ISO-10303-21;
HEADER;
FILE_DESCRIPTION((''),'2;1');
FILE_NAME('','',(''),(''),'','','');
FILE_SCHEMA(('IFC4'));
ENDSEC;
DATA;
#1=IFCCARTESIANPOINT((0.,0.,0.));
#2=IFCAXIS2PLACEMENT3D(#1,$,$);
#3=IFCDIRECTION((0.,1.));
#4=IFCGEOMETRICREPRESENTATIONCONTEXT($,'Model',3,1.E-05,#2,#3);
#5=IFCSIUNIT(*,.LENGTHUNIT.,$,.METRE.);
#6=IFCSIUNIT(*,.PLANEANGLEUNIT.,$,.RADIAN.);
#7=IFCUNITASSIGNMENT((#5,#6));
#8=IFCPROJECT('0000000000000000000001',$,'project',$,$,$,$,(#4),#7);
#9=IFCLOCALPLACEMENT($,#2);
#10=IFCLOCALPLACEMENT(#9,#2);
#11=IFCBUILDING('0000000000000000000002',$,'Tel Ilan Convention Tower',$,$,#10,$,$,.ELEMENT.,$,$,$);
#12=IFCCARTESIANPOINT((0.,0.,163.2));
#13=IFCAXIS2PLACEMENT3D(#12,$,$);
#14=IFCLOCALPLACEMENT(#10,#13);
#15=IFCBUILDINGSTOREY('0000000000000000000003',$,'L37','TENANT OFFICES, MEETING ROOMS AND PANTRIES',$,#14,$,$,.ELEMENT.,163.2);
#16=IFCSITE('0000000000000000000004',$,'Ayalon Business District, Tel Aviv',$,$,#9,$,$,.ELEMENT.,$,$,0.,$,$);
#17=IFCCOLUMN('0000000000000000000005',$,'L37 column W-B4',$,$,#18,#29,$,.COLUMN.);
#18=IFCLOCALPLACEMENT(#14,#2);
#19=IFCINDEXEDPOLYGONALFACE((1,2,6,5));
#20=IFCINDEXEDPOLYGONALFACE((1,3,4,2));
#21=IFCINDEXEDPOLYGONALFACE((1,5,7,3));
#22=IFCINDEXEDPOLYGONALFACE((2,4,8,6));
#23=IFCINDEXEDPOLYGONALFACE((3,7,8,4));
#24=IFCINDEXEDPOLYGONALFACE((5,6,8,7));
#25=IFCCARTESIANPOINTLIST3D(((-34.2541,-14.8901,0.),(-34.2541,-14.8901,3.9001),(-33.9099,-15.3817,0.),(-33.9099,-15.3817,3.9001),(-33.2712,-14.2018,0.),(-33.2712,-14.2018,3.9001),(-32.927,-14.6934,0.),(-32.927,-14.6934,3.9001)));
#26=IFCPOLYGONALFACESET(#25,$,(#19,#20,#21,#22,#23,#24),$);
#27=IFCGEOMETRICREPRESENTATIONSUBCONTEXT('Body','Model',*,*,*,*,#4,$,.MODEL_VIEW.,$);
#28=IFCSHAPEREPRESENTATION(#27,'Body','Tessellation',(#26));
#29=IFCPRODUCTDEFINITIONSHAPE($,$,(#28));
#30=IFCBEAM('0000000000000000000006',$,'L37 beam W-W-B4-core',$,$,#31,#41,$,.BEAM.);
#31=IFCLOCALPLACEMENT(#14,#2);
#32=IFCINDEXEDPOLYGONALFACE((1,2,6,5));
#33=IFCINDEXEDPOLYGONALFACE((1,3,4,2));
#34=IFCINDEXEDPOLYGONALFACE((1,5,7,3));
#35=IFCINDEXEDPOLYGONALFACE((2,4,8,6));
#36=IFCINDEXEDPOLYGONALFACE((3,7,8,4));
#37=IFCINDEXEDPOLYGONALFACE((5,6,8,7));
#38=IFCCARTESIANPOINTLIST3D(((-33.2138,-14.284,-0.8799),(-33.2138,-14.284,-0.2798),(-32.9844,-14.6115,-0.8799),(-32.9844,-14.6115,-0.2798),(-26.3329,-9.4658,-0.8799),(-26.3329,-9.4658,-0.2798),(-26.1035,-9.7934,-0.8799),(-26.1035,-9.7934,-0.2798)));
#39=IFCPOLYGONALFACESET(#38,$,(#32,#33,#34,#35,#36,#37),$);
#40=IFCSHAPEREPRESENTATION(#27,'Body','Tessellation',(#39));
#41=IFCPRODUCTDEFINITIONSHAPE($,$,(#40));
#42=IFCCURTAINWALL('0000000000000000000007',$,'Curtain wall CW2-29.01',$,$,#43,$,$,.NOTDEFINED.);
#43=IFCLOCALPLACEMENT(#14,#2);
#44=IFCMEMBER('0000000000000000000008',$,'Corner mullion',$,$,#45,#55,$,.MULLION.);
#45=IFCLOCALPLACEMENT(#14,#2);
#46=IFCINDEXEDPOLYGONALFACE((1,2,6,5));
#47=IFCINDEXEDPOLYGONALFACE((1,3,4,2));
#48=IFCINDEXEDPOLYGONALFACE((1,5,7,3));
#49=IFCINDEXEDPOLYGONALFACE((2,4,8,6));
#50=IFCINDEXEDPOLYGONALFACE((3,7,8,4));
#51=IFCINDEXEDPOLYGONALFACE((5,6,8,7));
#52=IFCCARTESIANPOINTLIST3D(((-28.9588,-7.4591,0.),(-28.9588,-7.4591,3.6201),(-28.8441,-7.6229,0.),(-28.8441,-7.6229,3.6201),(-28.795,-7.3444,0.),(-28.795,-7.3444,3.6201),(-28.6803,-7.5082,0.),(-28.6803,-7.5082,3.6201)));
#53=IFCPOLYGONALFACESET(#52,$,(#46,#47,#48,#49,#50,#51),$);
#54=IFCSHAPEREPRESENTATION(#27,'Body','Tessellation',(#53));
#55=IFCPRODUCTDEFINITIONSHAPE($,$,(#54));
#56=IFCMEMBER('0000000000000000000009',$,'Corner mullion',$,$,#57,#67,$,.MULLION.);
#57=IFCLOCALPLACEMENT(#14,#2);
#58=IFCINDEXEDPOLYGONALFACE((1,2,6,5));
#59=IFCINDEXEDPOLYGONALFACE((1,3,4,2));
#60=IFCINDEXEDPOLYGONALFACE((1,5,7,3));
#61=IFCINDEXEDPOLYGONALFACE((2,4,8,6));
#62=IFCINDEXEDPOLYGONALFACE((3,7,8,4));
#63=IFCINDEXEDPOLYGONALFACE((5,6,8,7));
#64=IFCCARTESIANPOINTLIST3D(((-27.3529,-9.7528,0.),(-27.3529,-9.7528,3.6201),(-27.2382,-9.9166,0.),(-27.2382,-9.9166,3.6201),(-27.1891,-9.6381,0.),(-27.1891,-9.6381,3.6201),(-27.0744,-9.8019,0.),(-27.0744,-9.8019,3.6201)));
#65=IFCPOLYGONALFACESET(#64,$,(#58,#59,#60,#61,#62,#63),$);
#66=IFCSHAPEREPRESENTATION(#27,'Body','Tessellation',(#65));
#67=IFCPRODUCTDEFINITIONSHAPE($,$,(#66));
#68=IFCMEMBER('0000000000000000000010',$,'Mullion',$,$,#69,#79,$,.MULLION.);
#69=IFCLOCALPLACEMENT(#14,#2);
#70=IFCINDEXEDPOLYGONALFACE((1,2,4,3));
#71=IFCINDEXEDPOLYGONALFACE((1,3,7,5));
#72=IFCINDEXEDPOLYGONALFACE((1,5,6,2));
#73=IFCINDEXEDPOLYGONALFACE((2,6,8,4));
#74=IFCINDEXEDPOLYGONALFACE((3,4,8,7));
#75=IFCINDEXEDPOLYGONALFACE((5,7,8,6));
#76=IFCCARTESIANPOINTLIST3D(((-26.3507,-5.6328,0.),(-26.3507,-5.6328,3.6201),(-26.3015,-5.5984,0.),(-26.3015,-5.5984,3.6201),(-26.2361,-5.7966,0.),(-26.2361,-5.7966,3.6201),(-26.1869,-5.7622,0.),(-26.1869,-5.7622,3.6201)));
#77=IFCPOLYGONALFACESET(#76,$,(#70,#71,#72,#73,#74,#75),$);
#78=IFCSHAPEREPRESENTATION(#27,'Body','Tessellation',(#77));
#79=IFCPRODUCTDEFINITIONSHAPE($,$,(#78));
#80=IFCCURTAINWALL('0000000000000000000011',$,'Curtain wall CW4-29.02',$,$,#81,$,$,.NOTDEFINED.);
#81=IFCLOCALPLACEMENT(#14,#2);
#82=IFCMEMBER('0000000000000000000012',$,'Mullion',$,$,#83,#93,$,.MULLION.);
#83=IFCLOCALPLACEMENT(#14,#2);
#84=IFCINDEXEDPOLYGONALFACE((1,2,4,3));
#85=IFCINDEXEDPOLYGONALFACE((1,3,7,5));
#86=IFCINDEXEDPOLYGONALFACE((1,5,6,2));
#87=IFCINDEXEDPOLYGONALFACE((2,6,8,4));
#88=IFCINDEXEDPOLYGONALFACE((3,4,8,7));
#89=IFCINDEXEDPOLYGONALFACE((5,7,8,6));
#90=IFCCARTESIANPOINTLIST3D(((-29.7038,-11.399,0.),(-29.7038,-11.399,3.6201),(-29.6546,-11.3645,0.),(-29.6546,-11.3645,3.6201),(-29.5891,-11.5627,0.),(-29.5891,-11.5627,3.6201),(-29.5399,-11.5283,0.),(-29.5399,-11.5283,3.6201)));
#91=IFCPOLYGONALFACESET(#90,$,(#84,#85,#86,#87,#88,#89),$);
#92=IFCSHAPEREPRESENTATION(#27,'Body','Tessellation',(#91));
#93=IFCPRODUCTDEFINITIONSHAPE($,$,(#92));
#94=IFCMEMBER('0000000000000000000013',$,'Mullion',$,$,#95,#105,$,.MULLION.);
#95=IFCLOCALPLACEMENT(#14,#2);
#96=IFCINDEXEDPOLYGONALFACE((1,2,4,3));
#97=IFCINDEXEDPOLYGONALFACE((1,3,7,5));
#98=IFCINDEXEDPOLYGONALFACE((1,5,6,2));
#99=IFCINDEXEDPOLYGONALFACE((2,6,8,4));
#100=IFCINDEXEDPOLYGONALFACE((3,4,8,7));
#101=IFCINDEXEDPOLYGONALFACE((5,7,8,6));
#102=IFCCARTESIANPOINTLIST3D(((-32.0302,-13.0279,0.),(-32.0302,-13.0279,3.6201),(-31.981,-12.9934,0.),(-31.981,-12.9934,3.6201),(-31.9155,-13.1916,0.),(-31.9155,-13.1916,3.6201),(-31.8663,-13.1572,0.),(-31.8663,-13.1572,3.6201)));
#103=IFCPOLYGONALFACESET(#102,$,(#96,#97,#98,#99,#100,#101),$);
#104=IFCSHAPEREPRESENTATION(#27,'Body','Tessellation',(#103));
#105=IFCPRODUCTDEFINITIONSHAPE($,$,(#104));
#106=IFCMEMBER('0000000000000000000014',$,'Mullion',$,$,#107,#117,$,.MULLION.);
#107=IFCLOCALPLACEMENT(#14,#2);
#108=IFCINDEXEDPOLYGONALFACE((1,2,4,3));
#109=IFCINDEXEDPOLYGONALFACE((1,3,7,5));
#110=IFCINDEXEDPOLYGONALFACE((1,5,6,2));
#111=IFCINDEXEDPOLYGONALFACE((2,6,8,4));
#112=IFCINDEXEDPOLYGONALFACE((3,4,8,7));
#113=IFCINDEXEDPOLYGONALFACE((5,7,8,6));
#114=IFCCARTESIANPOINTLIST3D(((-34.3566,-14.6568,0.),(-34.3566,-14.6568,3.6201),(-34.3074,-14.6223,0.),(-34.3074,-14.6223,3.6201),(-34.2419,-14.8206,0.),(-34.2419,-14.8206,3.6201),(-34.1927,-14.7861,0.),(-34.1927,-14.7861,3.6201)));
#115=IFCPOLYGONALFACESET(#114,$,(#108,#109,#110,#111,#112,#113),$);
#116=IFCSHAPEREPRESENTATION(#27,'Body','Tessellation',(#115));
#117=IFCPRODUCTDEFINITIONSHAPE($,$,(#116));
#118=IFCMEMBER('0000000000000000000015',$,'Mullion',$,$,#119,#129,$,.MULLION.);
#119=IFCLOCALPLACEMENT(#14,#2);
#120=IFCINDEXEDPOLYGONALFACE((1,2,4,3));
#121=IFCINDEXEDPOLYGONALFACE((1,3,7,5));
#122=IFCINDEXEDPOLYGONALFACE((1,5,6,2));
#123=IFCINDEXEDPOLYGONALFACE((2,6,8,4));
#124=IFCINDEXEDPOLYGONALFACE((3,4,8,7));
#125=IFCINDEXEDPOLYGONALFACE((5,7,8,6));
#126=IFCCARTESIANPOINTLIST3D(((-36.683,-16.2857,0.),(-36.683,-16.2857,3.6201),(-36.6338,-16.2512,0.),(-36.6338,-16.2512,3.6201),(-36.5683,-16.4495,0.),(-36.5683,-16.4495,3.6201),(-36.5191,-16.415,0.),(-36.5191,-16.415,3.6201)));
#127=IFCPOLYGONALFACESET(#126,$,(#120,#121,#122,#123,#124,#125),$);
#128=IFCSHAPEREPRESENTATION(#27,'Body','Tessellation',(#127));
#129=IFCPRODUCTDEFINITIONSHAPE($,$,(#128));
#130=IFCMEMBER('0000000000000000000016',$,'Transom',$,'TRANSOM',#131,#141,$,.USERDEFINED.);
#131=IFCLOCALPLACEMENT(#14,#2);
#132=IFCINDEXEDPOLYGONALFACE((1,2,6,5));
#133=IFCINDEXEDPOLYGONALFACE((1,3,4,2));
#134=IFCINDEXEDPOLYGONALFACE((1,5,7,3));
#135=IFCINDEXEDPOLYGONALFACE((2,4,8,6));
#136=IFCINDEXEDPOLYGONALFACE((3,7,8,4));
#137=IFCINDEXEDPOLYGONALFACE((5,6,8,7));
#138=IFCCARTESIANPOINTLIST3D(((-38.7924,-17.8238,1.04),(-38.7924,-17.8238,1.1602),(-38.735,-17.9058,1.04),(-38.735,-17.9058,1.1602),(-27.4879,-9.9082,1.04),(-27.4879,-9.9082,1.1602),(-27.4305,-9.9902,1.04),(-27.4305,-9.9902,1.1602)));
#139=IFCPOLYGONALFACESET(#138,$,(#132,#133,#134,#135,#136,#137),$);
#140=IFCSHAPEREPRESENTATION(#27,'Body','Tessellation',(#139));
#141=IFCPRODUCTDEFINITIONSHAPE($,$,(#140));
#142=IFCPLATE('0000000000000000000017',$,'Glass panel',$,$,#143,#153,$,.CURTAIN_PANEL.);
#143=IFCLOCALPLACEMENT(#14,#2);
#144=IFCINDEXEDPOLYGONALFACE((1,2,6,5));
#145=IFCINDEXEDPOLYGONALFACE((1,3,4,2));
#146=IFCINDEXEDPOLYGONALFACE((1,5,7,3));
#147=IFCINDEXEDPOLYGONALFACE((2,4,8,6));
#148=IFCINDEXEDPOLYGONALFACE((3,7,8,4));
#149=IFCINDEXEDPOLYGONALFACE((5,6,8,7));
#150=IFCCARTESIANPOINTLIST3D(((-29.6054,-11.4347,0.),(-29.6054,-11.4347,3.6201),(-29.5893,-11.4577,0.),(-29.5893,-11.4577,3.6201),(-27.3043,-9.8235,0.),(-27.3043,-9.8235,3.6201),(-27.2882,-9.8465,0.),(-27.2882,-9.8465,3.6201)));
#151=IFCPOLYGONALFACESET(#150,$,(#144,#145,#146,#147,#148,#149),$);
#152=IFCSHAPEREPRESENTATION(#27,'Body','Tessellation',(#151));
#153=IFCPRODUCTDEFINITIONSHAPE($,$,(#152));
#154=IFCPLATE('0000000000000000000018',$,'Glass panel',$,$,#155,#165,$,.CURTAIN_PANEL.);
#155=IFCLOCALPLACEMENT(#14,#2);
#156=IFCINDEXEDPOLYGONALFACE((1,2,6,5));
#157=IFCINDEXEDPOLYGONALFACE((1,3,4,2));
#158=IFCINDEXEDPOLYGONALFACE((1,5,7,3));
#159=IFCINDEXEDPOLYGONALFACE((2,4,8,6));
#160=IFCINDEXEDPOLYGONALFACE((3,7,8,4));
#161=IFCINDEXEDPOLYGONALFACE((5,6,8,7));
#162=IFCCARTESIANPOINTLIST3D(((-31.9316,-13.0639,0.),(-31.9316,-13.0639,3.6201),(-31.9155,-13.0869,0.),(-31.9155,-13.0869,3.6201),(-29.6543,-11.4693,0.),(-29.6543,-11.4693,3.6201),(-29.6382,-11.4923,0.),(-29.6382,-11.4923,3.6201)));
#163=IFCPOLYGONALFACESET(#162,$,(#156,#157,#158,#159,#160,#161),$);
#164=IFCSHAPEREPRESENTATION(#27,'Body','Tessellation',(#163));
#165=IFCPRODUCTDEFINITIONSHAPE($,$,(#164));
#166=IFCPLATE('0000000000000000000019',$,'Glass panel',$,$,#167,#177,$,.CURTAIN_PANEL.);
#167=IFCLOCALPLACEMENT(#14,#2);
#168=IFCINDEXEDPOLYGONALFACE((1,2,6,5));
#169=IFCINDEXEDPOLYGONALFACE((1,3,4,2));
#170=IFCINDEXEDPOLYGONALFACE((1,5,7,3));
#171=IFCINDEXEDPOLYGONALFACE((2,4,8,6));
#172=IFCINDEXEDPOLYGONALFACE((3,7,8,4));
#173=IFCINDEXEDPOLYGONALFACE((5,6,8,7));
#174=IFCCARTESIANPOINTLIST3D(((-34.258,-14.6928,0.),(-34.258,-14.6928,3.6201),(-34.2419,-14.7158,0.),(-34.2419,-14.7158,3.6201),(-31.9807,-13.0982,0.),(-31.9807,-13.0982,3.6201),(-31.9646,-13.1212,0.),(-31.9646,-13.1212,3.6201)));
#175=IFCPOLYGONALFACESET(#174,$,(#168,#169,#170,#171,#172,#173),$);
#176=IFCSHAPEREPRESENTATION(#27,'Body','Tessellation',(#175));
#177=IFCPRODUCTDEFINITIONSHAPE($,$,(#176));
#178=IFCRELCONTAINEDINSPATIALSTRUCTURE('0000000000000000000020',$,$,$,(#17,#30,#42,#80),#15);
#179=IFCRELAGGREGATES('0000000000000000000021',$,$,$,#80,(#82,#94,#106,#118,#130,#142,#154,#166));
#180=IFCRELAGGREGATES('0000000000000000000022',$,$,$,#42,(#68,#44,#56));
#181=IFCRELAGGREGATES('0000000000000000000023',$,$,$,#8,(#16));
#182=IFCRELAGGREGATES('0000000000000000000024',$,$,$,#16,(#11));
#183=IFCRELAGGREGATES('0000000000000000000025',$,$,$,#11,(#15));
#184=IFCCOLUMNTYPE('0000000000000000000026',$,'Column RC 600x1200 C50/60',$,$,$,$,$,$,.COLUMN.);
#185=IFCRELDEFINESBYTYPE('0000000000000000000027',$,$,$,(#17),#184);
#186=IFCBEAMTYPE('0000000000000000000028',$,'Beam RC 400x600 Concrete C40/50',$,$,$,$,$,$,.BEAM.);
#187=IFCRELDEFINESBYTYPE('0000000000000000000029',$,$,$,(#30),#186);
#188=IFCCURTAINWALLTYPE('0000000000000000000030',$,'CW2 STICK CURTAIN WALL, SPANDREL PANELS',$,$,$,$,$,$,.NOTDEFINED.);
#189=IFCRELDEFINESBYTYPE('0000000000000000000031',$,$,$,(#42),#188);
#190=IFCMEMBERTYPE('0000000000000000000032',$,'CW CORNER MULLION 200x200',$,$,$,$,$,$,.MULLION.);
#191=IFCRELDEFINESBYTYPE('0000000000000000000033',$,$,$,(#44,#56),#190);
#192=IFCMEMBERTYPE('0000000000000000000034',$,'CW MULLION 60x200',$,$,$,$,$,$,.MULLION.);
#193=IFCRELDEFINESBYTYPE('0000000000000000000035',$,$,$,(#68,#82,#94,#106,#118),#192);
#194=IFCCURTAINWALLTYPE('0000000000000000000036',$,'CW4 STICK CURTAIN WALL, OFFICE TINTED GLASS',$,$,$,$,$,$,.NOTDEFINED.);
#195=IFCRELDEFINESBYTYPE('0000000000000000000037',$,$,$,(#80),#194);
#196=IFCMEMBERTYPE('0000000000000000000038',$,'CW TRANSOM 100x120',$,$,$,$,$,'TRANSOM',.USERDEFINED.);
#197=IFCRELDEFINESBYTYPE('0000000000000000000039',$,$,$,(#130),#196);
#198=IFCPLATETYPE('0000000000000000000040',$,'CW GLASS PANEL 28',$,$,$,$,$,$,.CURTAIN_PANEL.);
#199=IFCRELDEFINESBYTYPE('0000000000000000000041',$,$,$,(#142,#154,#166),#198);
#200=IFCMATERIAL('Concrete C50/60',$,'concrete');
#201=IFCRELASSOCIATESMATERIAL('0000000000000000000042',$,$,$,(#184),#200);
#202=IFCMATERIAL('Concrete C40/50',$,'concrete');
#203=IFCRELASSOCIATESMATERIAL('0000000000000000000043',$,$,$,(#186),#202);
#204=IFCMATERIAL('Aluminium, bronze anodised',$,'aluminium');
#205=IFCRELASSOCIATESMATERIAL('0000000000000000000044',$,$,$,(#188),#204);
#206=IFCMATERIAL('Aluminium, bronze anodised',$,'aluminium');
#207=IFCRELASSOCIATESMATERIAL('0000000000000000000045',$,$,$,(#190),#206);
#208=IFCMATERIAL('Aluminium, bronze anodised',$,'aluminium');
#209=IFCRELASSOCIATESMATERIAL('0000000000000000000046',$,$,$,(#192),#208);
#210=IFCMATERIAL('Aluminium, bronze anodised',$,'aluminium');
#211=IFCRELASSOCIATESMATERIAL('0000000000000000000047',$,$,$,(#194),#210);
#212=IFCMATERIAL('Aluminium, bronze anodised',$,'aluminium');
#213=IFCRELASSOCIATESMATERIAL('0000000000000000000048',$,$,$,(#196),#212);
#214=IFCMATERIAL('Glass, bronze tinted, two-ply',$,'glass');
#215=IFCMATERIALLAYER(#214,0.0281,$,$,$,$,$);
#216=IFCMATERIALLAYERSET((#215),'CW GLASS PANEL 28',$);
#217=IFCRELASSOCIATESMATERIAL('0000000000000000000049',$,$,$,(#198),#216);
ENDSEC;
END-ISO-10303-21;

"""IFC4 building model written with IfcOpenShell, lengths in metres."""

from ifc_helpers import new_model, si_unit, direction, frame, origin, origin_2d, place, context, subcontext, project, spatial, rectangle, extrude, material, layer, layer_set, material_profile, profile_set, type_object, element, aggregate, save


model = new_model("IFC4")

# Units and contexts
model_context = context("Model", 3, precision=1e-05, world=origin(), true_north=direction((0.0, 1.0)))
body_context = subcontext(model_context, "Body", "Model", "MODEL_VIEW")
ifc_project = project(units=[si_unit("LENGTHUNIT", "METRE"), si_unit("PLANEANGLEUNIT", "RADIAN")], contexts=[model_context])

# Site, building, storey
site_placement = place(None, origin())
site = spatial("IfcSite", under=ifc_project, at=site_placement, Name="Ayalon Business District, Tel Aviv", CompositionType="ELEMENT", RefElevation=0.0)
building_placement = place(site_placement, origin())
building = spatial("IfcBuilding", under=site, at=building_placement, Name="Tel Ilan Convention Tower", CompositionType="ELEMENT")
storey_placement = place(building_placement, frame((0.0, 0.0, 163.2)))
storey = spatial("IfcBuildingStorey", under=building, at=storey_placement, Name="L37", Description="TENANT OFFICES, MEETING ROOMS AND PANTRIES", CompositionType="ELEMENT", Elevation=163.2)

# Column
ifc_material_1 = material(Name="Concrete C50/60", Category="concrete")
ifc_material_profile_1 = material_profile(ifc_material_1, rectangle(XDim=1.2, YDim=0.6001, at=origin_2d()), Name="RC 600x1200")
ifc_profile_set_1 = profile_set([ifc_material_profile_1], Name="Concrete C50/60")
column_type = type_object("IfcColumnType", Name="Column RC 600x1200 C50/60", PredefinedType="COLUMN", material=ifc_profile_set_1)
column_placement = place(storey_placement, frame((-33.5906, -14.7917, 0.0), z_axis=(0.0, 0.0, 1.0), x_axis=(-0.819152, -0.573576, 0.0)))
element("IfcColumn", 1, at=column_placement, inside=storey, type_object=column_type, Name="L37 column W-B4", PredefinedType="COLUMN", context=body_context, shape_type="SweptSolid", body=[
    extrude(rectangle(XDim=1.2, YDim=0.6001, at=origin_2d()), origin(), (0.0, 0.0, 1.0), 3.9001),
])

# Beam
ifc_material_2 = material(Name="Concrete C40/50", Category="concrete")
ifc_material_profile_2 = material_profile(ifc_material_2, rectangle(XDim=0.3999, YDim=0.6001, at=origin_2d()), Name="RC 400x600")
ifc_profile_set_2 = profile_set([ifc_material_profile_2], Name="Concrete C40/50")
beam_type = type_object("IfcBeamType", Name="Beam RC 400x600 Concrete C40/50", PredefinedType="BEAM", material=ifc_profile_set_2)
beam_placement = place(storey_placement, frame((-33.0991, -14.4478, -0.5798), z_axis=(0.819147, 0.573583, 0.0), x_axis=(-0.573583, 0.819147, 0.0)))
element("IfcBeam", 2, at=beam_placement, inside=storey, type_object=beam_type, Name="L37 beam W-W-B4-core", PredefinedType="BEAM", context=body_context, shape_type="SweptSolid", body=[
    extrude(rectangle(XDim=0.3999, YDim=0.6001, at=origin_2d()), origin(), (0.0, 0.0, 1.0), 8.4001),
])

# Curtain wall, members
ifc_material_3 = material(Name="Aluminium, bronze anodised", Category="aluminium")
curtain_wall_type_1 = type_object("IfcCurtainWallType", Name="CW2 STICK CURTAIN WALL, SPANDREL PANELS", PredefinedType="NOTDEFINED", material=ifc_material_3)
curtain_wall_1_placement = place(storey_placement, origin())
curtain_wall_1 = element("IfcCurtainWall", 3, at=curtain_wall_1_placement, inside=storey, type_object=curtain_wall_type_1, Name="Curtain wall CW2-29.01", PredefinedType="NOTDEFINED")
ifc_material_4 = material(Name="Aluminium, bronze anodised", Category="aluminium")
ifc_material_profile_3 = material_profile(ifc_material_4, rectangle(XDim=0.2, YDim=0.2, at=origin_2d()), Name="CW CORNER MULLION 200x200")
ifc_profile_set_3 = profile_set([ifc_material_profile_3], Name="Aluminium, bronze anodised")
member_type_1 = type_object("IfcMemberType", Name="CW CORNER MULLION 200x200", PredefinedType="MULLION", material=ifc_profile_set_3)
member_1_placement = place(storey_placement, frame((-28.8196, -7.4836, 0.0), z_axis=(0.0, 0.0, 1.0), x_axis=(-0.819152, -0.573576, 0.0)))
member_1 = element("IfcMember", 4, at=member_1_placement, type_object=member_type_1, Name="Corner mullion", PredefinedType="MULLION", context=body_context, shape_type="SweptSolid", body=[
    extrude(rectangle(XDim=0.2, YDim=0.2, at=origin_2d()), origin(), (0.0, 0.0, 1.0), 3.6201),
])
member_2_placement = place(storey_placement, frame((-27.2136, -9.7773, 0.0), z_axis=(0.0, 0.0, 1.0), x_axis=(0.573576, -0.819152, 0.0)))
member_2 = element("IfcMember", 5, at=member_2_placement, type_object=member_type_1, Name="Corner mullion", PredefinedType="MULLION", context=body_context, shape_type="SweptSolid", body=[
    extrude(rectangle(XDim=0.2, YDim=0.2, at=origin_2d()), origin(), (0.0, 0.0, 1.0), 3.6201),
])
ifc_material_5 = material(Name="Aluminium, bronze anodised", Category="aluminium")
ifc_material_profile_4 = material_profile(ifc_material_5, rectangle(XDim=0.0601, YDim=0.2, at=origin_2d()), Name="CW MULLION 60x200")
ifc_profile_set_4 = profile_set([ifc_material_profile_4], Name="Aluminium, bronze anodised")
member_type_2 = type_object("IfcMemberType", Name="CW MULLION 60x200", PredefinedType="MULLION", material=ifc_profile_set_4)
member_3_placement = place(storey_placement, frame((-26.2688, -5.6975, 0.0), z_axis=(0.0, 0.0, 1.0), x_axis=(-0.819152, -0.573576, 0.0)))
member_3 = element("IfcMember", 6, at=member_3_placement, type_object=member_type_2, Name="Mullion", PredefinedType="MULLION", context=body_context, shape_type="SweptSolid", body=[
    extrude(rectangle(XDim=0.0601, YDim=0.2, at=origin_2d()), origin(), (0.0, 0.0, 1.0), 3.6201),
])

# Curtain wall, members, plates
ifc_material_6 = material(Name="Aluminium, bronze anodised", Category="aluminium")
curtain_wall_type_2 = type_object("IfcCurtainWallType", Name="CW4 STICK CURTAIN WALL, OFFICE TINTED GLASS", PredefinedType="NOTDEFINED", material=ifc_material_6)
curtain_wall_2_placement = place(storey_placement, origin())
curtain_wall_2 = element("IfcCurtainWall", 7, at=curtain_wall_2_placement, inside=storey, type_object=curtain_wall_type_2, Name="Curtain wall CW4-29.02", PredefinedType="NOTDEFINED")
member_4_placement = place(storey_placement, frame((-29.6218, -11.4636, 0.0), z_axis=(0.0, 0.0, 1.0), x_axis=(-0.819152, -0.573576, 0.0)))
member_4 = element("IfcMember", 8, at=member_4_placement, type_object=member_type_2, Name="Mullion", PredefinedType="MULLION", context=body_context, shape_type="SweptSolid", body=[
    extrude(rectangle(XDim=0.0601, YDim=0.2, at=origin_2d()), origin(), (0.0, 0.0, 1.0), 3.6201),
])
member_5_placement = place(storey_placement, frame((-31.9482, -13.0925, 0.0), z_axis=(0.0, 0.0, 1.0), x_axis=(-0.819152, -0.573576, 0.0)))
member_5 = element("IfcMember", 9, at=member_5_placement, type_object=member_type_2, Name="Mullion", PredefinedType="MULLION", context=body_context, shape_type="SweptSolid", body=[
    extrude(rectangle(XDim=0.0601, YDim=0.2, at=origin_2d()), origin(), (0.0, 0.0, 1.0), 3.6201),
])
member_6_placement = place(storey_placement, frame((-34.2747, -14.7214, 0.0), z_axis=(0.0, 0.0, 1.0), x_axis=(-0.819152, -0.573576, 0.0)))
member_6 = element("IfcMember", 10, at=member_6_placement, type_object=member_type_2, Name="Mullion", PredefinedType="MULLION", context=body_context, shape_type="SweptSolid", body=[
    extrude(rectangle(XDim=0.0601, YDim=0.2, at=origin_2d()), origin(), (0.0, 0.0, 1.0), 3.6201),
])
member_7_placement = place(storey_placement, frame((-36.6011, -16.3503, 0.0), z_axis=(0.0, 0.0, 1.0), x_axis=(-0.819152, -0.573576, 0.0)))
member_7 = element("IfcMember", 11, at=member_7_placement, type_object=member_type_2, Name="Mullion", PredefinedType="MULLION", context=body_context, shape_type="SweptSolid", body=[
    extrude(rectangle(XDim=0.0601, YDim=0.2, at=origin_2d()), origin(), (0.0, 0.0, 1.0), 3.6201),
])
ifc_material_7 = material(Name="Aluminium, bronze anodised", Category="aluminium")
ifc_material_profile_5 = material_profile(ifc_material_7, rectangle(XDim=0.1001, YDim=0.1201, at=origin_2d()), Name="CW TRANSOM 100x120")
ifc_profile_set_5 = profile_set([ifc_material_profile_5], Name="Aluminium, bronze anodised")
member_type_3 = type_object("IfcMemberType", Name="CW TRANSOM 100x120", ElementType="TRANSOM", PredefinedType="USERDEFINED", material=ifc_profile_set_5)
member_8_placement = place(storey_placement, frame((-27.4592, -9.9492, 1.1001), z_axis=(-0.81915, -0.57358, 0.0), x_axis=(0.57358, -0.81915, 0.0)))
member_8 = element("IfcMember", 12, at=member_8_placement, type_object=member_type_3, Name="Transom", ObjectType="TRANSOM", PredefinedType="USERDEFINED", context=body_context, shape_type="SweptSolid", body=[
    extrude(rectangle(XDim=0.1001, YDim=0.1201, at=origin_2d()), origin(), (0.0, 0.0, 1.0), 13.8003),
])
ifc_material_8 = material(Name="Glass, bronze tinted, two-ply", Category="glass")
ifc_layer_1 = layer(ifc_material_8, 0.0281)
ifc_layer_set_1 = layer_set([ifc_layer_1], Name="CW GLASS PANEL 28")
plate_type_1 = type_object("IfcPlateType", Name="CW GLASS PANEL 28", PredefinedType="CURTAIN_PANEL", material=ifc_layer_set_1)
plate_1_placement = place(storey_placement, frame((-28.4468, -10.6406, 0.0), z_axis=(0.0, 0.0, 1.0), x_axis=(-0.819152, -0.573576, 0.0)))
plate_1 = element("IfcPlate", 13, at=plate_1_placement, type_object=plate_type_1, Name="Glass panel", PredefinedType="CURTAIN_PANEL", context=body_context, shape_type="SweptSolid", body=[
    extrude(rectangle(XDim=2.8091, YDim=0.0281, at=origin_2d()), origin(), (0.0, 0.0, 1.0), 3.6201),
])
plate_2_placement = place(storey_placement, frame((-30.7849, -12.2781, 0.0), z_axis=(0.0, 0.0, 1.0), x_axis=(-0.819152, -0.573576, 0.0)))
plate_2 = element("IfcPlate", 14, at=plate_2_placement, type_object=plate_type_1, Name="Glass panel", PredefinedType="CURTAIN_PANEL", context=body_context, shape_type="SweptSolid", body=[
    extrude(rectangle(XDim=2.78, YDim=0.0281, at=origin_2d()), origin(), (0.0, 0.0, 1.0), 3.6201),
])
plate_3_placement = place(storey_placement, frame((-33.1113, -13.907, 0.0), z_axis=(0.0, 0.0, 1.0), x_axis=(-0.819152, -0.573576, 0.0)))
plate_3 = element("IfcPlate", 15, at=plate_3_placement, type_object=plate_type_1, Name="Glass panel", PredefinedType="CURTAIN_PANEL", context=body_context, shape_type="SweptSolid", body=[
    extrude(rectangle(XDim=2.78, YDim=0.0281, at=origin_2d()), origin(), (0.0, 0.0, 1.0), 3.6201),
])
aggregate(curtain_wall_2, [member_4, member_5, member_6, member_7, member_8, plate_1, plate_2, plate_3])

aggregate(curtain_wall_1, [member_3, member_1, member_2])

save(model, "model.ifc")
